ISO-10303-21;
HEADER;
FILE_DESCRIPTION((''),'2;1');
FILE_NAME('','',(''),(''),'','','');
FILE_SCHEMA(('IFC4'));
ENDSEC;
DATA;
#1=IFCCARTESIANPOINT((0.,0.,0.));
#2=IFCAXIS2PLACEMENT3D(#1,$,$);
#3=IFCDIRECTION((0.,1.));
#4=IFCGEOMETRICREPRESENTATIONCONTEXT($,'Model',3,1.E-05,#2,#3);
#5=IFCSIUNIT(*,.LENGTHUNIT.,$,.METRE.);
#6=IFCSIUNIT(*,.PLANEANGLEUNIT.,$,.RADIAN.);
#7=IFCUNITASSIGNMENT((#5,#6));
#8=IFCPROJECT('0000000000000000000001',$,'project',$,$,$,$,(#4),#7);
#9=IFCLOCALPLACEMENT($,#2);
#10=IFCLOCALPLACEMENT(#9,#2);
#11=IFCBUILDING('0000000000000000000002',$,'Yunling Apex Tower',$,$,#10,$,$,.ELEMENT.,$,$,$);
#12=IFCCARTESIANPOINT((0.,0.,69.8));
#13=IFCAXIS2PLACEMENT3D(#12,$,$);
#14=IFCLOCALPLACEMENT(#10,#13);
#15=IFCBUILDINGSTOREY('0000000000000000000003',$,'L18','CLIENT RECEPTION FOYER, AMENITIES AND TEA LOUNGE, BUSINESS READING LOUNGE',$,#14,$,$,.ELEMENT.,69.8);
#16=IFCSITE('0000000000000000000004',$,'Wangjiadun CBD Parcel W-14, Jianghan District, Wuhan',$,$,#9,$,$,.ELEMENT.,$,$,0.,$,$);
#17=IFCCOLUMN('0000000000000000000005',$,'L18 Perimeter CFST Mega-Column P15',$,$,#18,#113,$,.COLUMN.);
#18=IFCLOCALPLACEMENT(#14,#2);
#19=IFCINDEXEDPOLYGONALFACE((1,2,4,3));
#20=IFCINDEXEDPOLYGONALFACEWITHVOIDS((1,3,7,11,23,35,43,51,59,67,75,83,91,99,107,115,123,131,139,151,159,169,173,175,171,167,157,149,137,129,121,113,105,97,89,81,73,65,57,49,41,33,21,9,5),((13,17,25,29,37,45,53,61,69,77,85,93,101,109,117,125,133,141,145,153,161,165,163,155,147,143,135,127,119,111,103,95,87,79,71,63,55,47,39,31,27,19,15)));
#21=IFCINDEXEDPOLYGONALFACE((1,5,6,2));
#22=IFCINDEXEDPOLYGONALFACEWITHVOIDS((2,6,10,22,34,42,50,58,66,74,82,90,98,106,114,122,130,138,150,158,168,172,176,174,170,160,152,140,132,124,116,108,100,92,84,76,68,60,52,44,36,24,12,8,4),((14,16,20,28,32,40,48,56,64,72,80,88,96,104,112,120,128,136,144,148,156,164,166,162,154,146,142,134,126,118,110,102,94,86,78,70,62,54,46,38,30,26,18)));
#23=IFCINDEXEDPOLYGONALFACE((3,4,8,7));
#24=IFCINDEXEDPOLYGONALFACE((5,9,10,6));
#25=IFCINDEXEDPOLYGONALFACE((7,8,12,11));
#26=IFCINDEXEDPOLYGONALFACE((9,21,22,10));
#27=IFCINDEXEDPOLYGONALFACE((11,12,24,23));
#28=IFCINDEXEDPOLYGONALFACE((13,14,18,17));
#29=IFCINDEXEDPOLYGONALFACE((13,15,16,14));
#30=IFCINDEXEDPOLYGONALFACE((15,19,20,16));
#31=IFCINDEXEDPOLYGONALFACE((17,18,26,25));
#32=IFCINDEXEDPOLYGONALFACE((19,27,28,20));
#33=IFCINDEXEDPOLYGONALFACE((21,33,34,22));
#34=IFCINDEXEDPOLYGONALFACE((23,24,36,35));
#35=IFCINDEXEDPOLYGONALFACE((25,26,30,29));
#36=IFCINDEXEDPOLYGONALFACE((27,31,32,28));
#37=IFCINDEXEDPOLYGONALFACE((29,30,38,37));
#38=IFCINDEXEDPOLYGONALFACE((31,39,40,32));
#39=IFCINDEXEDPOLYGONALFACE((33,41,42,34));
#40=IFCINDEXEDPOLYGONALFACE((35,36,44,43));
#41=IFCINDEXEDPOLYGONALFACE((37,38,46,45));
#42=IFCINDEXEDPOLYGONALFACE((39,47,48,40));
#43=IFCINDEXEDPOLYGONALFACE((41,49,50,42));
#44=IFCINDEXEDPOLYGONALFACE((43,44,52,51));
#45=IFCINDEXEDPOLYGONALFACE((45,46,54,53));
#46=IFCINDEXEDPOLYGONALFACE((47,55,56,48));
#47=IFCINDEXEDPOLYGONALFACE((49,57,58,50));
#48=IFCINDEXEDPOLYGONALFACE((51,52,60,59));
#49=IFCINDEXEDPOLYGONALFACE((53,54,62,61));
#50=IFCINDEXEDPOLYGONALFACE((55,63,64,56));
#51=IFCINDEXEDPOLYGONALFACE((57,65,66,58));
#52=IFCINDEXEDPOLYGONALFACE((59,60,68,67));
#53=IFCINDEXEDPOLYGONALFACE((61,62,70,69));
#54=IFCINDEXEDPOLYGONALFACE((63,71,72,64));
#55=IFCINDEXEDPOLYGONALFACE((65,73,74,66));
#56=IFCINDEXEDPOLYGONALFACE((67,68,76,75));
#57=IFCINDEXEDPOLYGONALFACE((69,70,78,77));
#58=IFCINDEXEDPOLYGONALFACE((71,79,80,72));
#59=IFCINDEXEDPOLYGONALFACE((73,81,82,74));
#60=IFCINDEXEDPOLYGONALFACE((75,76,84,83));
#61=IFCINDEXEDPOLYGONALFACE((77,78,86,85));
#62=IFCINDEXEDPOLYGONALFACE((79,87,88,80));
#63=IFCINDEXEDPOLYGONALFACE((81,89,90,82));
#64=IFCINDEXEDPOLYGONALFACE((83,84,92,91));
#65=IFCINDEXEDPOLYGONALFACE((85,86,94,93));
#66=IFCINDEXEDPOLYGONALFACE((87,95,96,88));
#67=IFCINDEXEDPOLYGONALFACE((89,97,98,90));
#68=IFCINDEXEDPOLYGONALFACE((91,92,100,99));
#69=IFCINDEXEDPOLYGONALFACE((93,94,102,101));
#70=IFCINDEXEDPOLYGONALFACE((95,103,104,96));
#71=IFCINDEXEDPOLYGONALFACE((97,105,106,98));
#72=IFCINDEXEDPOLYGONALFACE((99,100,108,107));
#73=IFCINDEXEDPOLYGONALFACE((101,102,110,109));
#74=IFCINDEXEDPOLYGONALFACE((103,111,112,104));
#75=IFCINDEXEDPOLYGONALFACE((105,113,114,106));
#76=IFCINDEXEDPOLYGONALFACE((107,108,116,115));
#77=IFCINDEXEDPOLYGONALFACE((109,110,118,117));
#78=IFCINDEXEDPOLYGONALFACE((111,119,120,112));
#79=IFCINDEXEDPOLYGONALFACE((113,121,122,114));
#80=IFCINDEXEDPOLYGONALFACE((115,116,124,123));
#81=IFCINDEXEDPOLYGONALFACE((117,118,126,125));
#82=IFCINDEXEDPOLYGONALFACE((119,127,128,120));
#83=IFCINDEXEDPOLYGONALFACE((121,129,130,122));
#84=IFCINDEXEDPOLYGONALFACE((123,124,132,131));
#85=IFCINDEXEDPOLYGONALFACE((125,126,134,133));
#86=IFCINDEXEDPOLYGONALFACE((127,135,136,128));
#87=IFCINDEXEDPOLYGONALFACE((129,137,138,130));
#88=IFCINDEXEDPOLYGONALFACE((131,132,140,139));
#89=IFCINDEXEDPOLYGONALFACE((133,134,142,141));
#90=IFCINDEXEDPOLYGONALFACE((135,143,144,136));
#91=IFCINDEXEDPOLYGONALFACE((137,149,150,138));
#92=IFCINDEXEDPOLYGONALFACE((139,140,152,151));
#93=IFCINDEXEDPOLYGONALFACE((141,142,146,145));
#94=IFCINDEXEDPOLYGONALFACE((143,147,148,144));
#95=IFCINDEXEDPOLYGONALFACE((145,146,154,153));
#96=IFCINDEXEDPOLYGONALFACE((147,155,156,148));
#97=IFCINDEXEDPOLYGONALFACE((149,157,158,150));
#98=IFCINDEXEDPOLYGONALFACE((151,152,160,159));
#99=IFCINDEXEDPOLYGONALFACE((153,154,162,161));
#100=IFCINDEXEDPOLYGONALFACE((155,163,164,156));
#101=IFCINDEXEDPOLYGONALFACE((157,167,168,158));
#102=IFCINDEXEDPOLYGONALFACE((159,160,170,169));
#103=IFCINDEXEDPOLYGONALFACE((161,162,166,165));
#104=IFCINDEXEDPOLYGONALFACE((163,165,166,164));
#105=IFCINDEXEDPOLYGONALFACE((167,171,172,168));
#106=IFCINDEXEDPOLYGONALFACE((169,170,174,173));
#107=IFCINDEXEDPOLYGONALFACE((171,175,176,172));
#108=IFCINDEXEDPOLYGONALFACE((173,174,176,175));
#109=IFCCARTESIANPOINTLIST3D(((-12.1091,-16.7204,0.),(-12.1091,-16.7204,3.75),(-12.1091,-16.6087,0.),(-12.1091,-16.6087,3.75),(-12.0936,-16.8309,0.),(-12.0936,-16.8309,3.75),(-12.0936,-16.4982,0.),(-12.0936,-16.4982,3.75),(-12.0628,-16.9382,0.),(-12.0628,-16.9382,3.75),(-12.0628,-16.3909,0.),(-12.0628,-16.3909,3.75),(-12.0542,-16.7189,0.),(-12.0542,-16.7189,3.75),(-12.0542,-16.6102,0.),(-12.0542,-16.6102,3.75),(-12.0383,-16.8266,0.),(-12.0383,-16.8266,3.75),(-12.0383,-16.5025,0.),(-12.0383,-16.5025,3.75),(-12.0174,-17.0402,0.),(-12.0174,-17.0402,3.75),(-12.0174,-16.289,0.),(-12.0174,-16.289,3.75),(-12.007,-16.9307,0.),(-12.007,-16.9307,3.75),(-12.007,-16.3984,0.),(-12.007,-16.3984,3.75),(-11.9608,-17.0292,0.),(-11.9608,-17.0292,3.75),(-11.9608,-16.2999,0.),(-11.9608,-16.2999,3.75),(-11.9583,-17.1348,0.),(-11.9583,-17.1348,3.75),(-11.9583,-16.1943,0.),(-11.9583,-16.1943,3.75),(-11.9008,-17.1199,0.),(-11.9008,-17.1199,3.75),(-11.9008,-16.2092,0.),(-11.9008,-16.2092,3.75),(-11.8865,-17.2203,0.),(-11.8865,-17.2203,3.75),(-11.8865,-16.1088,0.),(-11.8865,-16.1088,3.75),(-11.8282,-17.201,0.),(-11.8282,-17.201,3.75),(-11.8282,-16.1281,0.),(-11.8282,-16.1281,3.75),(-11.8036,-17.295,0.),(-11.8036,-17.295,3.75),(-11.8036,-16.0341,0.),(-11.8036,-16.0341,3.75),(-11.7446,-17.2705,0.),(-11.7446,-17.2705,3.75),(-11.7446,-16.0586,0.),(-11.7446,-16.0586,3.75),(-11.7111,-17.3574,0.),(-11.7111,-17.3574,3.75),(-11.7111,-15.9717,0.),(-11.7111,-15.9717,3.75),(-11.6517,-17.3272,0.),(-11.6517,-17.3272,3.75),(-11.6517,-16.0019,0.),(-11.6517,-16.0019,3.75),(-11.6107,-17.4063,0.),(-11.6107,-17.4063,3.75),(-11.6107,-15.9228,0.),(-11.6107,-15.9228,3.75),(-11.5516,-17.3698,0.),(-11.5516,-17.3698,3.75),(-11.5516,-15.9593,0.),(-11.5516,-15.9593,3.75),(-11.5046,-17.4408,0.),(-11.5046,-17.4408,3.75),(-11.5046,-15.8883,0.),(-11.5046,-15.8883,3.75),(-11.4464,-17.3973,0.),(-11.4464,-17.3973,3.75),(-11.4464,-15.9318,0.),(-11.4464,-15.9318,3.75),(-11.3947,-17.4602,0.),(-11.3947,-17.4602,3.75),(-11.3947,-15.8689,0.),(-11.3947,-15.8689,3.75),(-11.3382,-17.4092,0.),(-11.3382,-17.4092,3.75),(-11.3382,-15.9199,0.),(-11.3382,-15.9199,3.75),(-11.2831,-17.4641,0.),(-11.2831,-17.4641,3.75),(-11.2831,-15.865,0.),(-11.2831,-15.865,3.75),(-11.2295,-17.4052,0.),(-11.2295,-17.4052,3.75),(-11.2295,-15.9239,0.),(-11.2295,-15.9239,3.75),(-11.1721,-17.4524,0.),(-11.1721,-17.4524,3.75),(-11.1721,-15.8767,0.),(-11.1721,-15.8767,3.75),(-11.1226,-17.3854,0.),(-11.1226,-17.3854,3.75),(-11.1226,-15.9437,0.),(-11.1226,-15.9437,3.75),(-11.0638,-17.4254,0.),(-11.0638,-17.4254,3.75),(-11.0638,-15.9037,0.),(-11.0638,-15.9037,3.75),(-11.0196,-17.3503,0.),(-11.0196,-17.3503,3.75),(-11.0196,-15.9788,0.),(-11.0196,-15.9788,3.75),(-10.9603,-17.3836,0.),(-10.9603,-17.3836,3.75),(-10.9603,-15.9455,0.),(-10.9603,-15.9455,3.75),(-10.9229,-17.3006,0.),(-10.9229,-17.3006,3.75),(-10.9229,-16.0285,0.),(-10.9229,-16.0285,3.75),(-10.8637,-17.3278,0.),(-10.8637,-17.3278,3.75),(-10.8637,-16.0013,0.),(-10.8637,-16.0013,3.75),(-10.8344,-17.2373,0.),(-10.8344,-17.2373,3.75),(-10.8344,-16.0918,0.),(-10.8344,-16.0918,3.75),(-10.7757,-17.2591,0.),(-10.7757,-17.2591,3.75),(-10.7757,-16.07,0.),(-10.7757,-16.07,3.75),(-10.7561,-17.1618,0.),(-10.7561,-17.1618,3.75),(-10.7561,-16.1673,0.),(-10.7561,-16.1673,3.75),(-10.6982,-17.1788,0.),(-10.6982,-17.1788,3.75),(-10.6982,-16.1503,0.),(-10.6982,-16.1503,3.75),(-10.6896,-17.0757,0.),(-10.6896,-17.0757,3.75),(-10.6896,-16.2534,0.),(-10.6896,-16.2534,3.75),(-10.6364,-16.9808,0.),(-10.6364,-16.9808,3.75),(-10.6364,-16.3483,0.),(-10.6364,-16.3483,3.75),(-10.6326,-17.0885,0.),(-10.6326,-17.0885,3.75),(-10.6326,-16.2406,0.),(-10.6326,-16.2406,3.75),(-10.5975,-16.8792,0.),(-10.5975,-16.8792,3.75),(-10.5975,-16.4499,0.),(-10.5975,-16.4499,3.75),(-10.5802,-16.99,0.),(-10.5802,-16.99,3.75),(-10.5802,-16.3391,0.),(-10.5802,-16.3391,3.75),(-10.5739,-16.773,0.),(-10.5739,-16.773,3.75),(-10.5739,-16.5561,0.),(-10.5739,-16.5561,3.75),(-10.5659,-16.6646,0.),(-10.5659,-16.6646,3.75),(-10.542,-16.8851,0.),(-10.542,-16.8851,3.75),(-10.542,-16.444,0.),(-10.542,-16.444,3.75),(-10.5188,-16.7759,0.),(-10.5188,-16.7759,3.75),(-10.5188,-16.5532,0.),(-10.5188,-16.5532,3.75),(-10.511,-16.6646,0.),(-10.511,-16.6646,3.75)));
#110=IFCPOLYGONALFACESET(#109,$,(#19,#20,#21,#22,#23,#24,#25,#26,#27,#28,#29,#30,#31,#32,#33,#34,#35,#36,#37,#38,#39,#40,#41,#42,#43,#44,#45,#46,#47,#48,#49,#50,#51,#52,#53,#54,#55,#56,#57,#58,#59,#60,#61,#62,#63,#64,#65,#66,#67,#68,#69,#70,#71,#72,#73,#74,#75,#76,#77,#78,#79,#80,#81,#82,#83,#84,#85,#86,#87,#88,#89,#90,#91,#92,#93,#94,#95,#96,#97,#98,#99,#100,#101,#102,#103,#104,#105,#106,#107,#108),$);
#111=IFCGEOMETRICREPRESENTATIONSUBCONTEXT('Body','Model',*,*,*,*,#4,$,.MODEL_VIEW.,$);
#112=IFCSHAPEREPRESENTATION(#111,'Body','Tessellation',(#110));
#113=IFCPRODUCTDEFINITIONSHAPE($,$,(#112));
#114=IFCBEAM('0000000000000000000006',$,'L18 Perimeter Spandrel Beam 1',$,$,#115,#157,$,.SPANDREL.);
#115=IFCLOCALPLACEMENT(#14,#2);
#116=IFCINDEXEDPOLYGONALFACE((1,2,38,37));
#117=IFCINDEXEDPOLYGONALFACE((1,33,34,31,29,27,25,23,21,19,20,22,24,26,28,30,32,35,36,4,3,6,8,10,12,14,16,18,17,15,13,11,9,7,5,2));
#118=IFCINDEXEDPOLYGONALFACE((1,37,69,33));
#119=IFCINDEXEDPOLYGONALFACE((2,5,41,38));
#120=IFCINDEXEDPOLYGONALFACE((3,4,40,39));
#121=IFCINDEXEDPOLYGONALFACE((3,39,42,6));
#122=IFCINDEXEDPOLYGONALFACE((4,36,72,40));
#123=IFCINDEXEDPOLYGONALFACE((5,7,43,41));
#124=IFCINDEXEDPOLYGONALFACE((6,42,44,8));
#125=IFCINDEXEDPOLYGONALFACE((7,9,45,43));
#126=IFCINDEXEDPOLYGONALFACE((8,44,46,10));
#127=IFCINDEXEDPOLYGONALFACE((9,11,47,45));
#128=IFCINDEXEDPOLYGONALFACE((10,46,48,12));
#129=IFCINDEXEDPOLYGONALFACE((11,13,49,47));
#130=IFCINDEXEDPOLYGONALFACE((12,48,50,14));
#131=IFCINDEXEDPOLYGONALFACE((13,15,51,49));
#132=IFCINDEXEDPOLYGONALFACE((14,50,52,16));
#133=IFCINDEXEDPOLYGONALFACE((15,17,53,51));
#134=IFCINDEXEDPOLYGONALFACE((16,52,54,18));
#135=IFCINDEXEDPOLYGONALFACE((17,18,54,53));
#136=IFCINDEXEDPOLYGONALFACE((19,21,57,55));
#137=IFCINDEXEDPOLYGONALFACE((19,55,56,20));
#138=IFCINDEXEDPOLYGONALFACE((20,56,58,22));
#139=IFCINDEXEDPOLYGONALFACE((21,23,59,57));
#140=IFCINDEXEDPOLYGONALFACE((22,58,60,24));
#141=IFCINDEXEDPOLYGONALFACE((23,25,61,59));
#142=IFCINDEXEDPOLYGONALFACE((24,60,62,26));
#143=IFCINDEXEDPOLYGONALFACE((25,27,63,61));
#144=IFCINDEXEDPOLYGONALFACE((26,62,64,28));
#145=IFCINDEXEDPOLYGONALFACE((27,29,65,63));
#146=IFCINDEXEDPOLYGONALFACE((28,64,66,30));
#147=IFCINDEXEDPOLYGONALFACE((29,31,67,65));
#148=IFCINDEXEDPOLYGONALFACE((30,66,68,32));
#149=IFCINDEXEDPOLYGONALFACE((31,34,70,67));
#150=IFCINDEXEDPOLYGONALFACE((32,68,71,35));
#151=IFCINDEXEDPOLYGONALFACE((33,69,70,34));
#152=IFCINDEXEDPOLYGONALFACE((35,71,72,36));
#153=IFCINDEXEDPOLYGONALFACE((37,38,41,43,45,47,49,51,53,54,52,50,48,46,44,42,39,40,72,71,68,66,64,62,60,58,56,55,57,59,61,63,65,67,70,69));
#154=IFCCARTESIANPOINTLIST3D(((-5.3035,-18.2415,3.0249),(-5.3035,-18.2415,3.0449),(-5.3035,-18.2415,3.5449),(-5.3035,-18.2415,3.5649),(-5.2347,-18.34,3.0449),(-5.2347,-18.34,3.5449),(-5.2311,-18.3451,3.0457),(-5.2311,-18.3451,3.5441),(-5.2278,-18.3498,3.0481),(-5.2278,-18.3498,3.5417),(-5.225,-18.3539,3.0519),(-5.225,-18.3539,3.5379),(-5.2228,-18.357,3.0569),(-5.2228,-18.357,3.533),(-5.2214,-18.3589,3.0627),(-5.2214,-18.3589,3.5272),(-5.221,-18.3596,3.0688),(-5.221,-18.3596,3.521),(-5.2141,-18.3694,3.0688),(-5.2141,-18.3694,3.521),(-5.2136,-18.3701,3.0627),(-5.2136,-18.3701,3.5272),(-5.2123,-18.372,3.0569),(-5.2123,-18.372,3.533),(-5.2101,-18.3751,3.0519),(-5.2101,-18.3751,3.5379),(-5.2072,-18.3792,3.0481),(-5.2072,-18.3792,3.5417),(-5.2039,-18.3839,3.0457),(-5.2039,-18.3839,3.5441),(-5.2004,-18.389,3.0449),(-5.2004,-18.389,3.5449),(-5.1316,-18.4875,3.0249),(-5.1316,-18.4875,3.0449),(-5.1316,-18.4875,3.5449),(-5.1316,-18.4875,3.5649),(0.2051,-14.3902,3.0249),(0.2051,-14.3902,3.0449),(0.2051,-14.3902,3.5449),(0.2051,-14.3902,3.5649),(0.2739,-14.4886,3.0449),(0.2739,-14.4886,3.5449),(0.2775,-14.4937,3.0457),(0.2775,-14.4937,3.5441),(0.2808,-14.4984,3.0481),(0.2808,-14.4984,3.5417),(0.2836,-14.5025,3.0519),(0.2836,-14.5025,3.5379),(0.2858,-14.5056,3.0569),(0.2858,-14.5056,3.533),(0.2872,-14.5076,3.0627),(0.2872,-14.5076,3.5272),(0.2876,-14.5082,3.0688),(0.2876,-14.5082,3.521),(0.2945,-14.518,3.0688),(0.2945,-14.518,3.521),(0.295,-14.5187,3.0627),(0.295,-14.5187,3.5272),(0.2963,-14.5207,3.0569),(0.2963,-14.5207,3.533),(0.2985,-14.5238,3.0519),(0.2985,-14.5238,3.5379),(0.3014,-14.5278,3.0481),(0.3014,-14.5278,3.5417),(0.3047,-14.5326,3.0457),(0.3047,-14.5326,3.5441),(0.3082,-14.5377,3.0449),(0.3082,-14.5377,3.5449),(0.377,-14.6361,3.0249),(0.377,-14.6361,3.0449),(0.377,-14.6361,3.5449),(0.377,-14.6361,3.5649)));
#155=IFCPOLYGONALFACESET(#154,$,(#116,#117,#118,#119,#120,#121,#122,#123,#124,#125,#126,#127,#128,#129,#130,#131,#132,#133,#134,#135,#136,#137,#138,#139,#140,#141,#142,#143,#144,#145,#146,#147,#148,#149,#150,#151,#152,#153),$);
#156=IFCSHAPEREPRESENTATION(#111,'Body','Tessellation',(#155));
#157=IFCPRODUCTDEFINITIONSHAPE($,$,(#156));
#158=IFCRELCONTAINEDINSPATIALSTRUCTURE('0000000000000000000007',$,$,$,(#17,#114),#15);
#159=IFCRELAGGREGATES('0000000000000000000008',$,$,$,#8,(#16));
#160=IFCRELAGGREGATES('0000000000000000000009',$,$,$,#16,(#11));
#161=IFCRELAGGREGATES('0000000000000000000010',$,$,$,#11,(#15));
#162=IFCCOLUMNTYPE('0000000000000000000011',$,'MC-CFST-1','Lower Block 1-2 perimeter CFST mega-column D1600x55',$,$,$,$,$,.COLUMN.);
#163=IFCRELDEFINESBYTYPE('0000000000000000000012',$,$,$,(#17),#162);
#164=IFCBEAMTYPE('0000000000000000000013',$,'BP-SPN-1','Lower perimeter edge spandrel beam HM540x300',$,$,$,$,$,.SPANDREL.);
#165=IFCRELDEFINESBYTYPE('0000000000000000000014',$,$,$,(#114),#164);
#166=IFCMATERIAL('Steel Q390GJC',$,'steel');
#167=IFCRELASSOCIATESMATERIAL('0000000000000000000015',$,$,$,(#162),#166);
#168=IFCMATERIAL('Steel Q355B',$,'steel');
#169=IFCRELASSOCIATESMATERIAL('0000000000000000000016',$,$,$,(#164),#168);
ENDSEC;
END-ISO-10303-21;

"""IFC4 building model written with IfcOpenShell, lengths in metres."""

from ifc_helpers import new_model, si_unit, direction, frame, origin, origin_2d, place, context, subcontext, project, spatial, hollow_circle, i_section, extrude, source, transform, mapped, material, material_profile, profile_set, type_object, element, save


model = new_model("IFC4")

# Units and contexts
model_context = context("Model", 3, precision=1e-05, world=origin(), true_north=direction((0.0, 1.0)))
body_context = subcontext(model_context, "Body", "Model", "MODEL_VIEW")
ifc_project = project(units=[si_unit("LENGTHUNIT", "METRE"), si_unit("PLANEANGLEUNIT", "RADIAN")], contexts=[model_context])

# Site, building, storey
site_placement = place(None, origin())
site = spatial("IfcSite", under=ifc_project, at=site_placement, Name="Wangjiadun CBD Parcel W-14, Jianghan District, Wuhan", CompositionType="ELEMENT", RefElevation=0.0)
building_placement = place(site_placement, origin())
building = spatial("IfcBuilding", under=site, at=building_placement, Name="Yunling Apex Tower", CompositionType="ELEMENT")
storey_placement = place(building_placement, frame((0.0, 0.0, 69.8)))
storey = spatial("IfcBuildingStorey", under=building, at=storey_placement, Name="L18", Description="CLIENT RECEPTION FOYER, AMENITIES AND TEA LOUNGE, BUSINESS READING LOUNGE", CompositionType="ELEMENT", Elevation=69.8)

# Column
ifc_material_1 = material(Name="Steel Q390GJC", Category="steel")
ifc_material_profile_1 = material_profile(ifc_material_1, hollow_circle(Radius=0.8, WallThickness=0.0549, at=origin_2d()))
ifc_profile_set_1 = profile_set([ifc_material_profile_1], Name="Steel Q390GJC")
column_type = type_object("IfcColumnType", Name="MC-CFST-1", Description="Lower Block 1-2 perimeter CFST mega-column D1600x55", PredefinedType="COLUMN", material=ifc_profile_set_1)
shared_shape_1 = source(origin(), body_context, "Body", "SweptSolid", [
    extrude(hollow_circle(Radius=0.8, WallThickness=0.0549, at=origin_2d()), origin(), (0.0, 0.0, 1.0), 3.75),
])
for number, where, z_axis, x_axis, name in (
    (1, (-11.311, -16.6646, 0.0), (0.0, 0.0, 1.0), (1.0, 0.0, 0.0), "L18 Perimeter CFST Mega-Column P15"),
):
    element("IfcColumn", number, at=place(storey_placement, frame(where, z_axis=z_axis, x_axis=x_axis)), inside=storey, type_object=column_type, Name=name, PredefinedType="COLUMN", context=body_context, shape_type="MappedRepresentation", body=[
        mapped(shared_shape_1, transform((0.0, 0.0, 0.0), scale=1.0)),
    ])

# Beam
ifc_material_2 = material(Name="Steel Q355B", Category="steel")
ifc_material_profile_2 = material_profile(ifc_material_2, i_section(OverallWidth=0.3, OverallDepth=0.54, WebThickness=0.012, FlangeThickness=0.02, FilletRadius=0.0239, at=origin_2d()))
ifc_profile_set_2 = profile_set([ifc_material_profile_2], Name="Steel Q355B")
beam_type_1 = type_object("IfcBeamType", Name="BP-SPN-1", Description="Lower perimeter edge spandrel beam HM540x300", PredefinedType="SPANDREL", material=ifc_profile_set_2)
shared_shape_2 = source(origin(), body_context, "Body", "SweptSolid", [
    extrude(i_section(OverallWidth=0.3, OverallDepth=0.54, WebThickness=0.012, FlangeThickness=0.02, FilletRadius=0.0239, at=origin_2d()), origin(), (0.0, 0.0, 1.0), 6.7214),
])
beam_1_placement = place(storey_placement, frame((-5.2175, -18.3645, 3.2949), z_axis=(0.819558, 0.572997, 0.0), x_axis=(-0.572997, 0.819558, 0.0)))
element("IfcBeam", 2, at=beam_1_placement, inside=storey, type_object=beam_type_1, Name="L18 Perimeter Spandrel Beam 1", PredefinedType="SPANDREL", context=body_context, shape_type="MappedRepresentation", body=[
    mapped(shared_shape_2, transform((0.0, 0.0, 0.0), scale=1.0)),
])

save(model, "model.ifc")
